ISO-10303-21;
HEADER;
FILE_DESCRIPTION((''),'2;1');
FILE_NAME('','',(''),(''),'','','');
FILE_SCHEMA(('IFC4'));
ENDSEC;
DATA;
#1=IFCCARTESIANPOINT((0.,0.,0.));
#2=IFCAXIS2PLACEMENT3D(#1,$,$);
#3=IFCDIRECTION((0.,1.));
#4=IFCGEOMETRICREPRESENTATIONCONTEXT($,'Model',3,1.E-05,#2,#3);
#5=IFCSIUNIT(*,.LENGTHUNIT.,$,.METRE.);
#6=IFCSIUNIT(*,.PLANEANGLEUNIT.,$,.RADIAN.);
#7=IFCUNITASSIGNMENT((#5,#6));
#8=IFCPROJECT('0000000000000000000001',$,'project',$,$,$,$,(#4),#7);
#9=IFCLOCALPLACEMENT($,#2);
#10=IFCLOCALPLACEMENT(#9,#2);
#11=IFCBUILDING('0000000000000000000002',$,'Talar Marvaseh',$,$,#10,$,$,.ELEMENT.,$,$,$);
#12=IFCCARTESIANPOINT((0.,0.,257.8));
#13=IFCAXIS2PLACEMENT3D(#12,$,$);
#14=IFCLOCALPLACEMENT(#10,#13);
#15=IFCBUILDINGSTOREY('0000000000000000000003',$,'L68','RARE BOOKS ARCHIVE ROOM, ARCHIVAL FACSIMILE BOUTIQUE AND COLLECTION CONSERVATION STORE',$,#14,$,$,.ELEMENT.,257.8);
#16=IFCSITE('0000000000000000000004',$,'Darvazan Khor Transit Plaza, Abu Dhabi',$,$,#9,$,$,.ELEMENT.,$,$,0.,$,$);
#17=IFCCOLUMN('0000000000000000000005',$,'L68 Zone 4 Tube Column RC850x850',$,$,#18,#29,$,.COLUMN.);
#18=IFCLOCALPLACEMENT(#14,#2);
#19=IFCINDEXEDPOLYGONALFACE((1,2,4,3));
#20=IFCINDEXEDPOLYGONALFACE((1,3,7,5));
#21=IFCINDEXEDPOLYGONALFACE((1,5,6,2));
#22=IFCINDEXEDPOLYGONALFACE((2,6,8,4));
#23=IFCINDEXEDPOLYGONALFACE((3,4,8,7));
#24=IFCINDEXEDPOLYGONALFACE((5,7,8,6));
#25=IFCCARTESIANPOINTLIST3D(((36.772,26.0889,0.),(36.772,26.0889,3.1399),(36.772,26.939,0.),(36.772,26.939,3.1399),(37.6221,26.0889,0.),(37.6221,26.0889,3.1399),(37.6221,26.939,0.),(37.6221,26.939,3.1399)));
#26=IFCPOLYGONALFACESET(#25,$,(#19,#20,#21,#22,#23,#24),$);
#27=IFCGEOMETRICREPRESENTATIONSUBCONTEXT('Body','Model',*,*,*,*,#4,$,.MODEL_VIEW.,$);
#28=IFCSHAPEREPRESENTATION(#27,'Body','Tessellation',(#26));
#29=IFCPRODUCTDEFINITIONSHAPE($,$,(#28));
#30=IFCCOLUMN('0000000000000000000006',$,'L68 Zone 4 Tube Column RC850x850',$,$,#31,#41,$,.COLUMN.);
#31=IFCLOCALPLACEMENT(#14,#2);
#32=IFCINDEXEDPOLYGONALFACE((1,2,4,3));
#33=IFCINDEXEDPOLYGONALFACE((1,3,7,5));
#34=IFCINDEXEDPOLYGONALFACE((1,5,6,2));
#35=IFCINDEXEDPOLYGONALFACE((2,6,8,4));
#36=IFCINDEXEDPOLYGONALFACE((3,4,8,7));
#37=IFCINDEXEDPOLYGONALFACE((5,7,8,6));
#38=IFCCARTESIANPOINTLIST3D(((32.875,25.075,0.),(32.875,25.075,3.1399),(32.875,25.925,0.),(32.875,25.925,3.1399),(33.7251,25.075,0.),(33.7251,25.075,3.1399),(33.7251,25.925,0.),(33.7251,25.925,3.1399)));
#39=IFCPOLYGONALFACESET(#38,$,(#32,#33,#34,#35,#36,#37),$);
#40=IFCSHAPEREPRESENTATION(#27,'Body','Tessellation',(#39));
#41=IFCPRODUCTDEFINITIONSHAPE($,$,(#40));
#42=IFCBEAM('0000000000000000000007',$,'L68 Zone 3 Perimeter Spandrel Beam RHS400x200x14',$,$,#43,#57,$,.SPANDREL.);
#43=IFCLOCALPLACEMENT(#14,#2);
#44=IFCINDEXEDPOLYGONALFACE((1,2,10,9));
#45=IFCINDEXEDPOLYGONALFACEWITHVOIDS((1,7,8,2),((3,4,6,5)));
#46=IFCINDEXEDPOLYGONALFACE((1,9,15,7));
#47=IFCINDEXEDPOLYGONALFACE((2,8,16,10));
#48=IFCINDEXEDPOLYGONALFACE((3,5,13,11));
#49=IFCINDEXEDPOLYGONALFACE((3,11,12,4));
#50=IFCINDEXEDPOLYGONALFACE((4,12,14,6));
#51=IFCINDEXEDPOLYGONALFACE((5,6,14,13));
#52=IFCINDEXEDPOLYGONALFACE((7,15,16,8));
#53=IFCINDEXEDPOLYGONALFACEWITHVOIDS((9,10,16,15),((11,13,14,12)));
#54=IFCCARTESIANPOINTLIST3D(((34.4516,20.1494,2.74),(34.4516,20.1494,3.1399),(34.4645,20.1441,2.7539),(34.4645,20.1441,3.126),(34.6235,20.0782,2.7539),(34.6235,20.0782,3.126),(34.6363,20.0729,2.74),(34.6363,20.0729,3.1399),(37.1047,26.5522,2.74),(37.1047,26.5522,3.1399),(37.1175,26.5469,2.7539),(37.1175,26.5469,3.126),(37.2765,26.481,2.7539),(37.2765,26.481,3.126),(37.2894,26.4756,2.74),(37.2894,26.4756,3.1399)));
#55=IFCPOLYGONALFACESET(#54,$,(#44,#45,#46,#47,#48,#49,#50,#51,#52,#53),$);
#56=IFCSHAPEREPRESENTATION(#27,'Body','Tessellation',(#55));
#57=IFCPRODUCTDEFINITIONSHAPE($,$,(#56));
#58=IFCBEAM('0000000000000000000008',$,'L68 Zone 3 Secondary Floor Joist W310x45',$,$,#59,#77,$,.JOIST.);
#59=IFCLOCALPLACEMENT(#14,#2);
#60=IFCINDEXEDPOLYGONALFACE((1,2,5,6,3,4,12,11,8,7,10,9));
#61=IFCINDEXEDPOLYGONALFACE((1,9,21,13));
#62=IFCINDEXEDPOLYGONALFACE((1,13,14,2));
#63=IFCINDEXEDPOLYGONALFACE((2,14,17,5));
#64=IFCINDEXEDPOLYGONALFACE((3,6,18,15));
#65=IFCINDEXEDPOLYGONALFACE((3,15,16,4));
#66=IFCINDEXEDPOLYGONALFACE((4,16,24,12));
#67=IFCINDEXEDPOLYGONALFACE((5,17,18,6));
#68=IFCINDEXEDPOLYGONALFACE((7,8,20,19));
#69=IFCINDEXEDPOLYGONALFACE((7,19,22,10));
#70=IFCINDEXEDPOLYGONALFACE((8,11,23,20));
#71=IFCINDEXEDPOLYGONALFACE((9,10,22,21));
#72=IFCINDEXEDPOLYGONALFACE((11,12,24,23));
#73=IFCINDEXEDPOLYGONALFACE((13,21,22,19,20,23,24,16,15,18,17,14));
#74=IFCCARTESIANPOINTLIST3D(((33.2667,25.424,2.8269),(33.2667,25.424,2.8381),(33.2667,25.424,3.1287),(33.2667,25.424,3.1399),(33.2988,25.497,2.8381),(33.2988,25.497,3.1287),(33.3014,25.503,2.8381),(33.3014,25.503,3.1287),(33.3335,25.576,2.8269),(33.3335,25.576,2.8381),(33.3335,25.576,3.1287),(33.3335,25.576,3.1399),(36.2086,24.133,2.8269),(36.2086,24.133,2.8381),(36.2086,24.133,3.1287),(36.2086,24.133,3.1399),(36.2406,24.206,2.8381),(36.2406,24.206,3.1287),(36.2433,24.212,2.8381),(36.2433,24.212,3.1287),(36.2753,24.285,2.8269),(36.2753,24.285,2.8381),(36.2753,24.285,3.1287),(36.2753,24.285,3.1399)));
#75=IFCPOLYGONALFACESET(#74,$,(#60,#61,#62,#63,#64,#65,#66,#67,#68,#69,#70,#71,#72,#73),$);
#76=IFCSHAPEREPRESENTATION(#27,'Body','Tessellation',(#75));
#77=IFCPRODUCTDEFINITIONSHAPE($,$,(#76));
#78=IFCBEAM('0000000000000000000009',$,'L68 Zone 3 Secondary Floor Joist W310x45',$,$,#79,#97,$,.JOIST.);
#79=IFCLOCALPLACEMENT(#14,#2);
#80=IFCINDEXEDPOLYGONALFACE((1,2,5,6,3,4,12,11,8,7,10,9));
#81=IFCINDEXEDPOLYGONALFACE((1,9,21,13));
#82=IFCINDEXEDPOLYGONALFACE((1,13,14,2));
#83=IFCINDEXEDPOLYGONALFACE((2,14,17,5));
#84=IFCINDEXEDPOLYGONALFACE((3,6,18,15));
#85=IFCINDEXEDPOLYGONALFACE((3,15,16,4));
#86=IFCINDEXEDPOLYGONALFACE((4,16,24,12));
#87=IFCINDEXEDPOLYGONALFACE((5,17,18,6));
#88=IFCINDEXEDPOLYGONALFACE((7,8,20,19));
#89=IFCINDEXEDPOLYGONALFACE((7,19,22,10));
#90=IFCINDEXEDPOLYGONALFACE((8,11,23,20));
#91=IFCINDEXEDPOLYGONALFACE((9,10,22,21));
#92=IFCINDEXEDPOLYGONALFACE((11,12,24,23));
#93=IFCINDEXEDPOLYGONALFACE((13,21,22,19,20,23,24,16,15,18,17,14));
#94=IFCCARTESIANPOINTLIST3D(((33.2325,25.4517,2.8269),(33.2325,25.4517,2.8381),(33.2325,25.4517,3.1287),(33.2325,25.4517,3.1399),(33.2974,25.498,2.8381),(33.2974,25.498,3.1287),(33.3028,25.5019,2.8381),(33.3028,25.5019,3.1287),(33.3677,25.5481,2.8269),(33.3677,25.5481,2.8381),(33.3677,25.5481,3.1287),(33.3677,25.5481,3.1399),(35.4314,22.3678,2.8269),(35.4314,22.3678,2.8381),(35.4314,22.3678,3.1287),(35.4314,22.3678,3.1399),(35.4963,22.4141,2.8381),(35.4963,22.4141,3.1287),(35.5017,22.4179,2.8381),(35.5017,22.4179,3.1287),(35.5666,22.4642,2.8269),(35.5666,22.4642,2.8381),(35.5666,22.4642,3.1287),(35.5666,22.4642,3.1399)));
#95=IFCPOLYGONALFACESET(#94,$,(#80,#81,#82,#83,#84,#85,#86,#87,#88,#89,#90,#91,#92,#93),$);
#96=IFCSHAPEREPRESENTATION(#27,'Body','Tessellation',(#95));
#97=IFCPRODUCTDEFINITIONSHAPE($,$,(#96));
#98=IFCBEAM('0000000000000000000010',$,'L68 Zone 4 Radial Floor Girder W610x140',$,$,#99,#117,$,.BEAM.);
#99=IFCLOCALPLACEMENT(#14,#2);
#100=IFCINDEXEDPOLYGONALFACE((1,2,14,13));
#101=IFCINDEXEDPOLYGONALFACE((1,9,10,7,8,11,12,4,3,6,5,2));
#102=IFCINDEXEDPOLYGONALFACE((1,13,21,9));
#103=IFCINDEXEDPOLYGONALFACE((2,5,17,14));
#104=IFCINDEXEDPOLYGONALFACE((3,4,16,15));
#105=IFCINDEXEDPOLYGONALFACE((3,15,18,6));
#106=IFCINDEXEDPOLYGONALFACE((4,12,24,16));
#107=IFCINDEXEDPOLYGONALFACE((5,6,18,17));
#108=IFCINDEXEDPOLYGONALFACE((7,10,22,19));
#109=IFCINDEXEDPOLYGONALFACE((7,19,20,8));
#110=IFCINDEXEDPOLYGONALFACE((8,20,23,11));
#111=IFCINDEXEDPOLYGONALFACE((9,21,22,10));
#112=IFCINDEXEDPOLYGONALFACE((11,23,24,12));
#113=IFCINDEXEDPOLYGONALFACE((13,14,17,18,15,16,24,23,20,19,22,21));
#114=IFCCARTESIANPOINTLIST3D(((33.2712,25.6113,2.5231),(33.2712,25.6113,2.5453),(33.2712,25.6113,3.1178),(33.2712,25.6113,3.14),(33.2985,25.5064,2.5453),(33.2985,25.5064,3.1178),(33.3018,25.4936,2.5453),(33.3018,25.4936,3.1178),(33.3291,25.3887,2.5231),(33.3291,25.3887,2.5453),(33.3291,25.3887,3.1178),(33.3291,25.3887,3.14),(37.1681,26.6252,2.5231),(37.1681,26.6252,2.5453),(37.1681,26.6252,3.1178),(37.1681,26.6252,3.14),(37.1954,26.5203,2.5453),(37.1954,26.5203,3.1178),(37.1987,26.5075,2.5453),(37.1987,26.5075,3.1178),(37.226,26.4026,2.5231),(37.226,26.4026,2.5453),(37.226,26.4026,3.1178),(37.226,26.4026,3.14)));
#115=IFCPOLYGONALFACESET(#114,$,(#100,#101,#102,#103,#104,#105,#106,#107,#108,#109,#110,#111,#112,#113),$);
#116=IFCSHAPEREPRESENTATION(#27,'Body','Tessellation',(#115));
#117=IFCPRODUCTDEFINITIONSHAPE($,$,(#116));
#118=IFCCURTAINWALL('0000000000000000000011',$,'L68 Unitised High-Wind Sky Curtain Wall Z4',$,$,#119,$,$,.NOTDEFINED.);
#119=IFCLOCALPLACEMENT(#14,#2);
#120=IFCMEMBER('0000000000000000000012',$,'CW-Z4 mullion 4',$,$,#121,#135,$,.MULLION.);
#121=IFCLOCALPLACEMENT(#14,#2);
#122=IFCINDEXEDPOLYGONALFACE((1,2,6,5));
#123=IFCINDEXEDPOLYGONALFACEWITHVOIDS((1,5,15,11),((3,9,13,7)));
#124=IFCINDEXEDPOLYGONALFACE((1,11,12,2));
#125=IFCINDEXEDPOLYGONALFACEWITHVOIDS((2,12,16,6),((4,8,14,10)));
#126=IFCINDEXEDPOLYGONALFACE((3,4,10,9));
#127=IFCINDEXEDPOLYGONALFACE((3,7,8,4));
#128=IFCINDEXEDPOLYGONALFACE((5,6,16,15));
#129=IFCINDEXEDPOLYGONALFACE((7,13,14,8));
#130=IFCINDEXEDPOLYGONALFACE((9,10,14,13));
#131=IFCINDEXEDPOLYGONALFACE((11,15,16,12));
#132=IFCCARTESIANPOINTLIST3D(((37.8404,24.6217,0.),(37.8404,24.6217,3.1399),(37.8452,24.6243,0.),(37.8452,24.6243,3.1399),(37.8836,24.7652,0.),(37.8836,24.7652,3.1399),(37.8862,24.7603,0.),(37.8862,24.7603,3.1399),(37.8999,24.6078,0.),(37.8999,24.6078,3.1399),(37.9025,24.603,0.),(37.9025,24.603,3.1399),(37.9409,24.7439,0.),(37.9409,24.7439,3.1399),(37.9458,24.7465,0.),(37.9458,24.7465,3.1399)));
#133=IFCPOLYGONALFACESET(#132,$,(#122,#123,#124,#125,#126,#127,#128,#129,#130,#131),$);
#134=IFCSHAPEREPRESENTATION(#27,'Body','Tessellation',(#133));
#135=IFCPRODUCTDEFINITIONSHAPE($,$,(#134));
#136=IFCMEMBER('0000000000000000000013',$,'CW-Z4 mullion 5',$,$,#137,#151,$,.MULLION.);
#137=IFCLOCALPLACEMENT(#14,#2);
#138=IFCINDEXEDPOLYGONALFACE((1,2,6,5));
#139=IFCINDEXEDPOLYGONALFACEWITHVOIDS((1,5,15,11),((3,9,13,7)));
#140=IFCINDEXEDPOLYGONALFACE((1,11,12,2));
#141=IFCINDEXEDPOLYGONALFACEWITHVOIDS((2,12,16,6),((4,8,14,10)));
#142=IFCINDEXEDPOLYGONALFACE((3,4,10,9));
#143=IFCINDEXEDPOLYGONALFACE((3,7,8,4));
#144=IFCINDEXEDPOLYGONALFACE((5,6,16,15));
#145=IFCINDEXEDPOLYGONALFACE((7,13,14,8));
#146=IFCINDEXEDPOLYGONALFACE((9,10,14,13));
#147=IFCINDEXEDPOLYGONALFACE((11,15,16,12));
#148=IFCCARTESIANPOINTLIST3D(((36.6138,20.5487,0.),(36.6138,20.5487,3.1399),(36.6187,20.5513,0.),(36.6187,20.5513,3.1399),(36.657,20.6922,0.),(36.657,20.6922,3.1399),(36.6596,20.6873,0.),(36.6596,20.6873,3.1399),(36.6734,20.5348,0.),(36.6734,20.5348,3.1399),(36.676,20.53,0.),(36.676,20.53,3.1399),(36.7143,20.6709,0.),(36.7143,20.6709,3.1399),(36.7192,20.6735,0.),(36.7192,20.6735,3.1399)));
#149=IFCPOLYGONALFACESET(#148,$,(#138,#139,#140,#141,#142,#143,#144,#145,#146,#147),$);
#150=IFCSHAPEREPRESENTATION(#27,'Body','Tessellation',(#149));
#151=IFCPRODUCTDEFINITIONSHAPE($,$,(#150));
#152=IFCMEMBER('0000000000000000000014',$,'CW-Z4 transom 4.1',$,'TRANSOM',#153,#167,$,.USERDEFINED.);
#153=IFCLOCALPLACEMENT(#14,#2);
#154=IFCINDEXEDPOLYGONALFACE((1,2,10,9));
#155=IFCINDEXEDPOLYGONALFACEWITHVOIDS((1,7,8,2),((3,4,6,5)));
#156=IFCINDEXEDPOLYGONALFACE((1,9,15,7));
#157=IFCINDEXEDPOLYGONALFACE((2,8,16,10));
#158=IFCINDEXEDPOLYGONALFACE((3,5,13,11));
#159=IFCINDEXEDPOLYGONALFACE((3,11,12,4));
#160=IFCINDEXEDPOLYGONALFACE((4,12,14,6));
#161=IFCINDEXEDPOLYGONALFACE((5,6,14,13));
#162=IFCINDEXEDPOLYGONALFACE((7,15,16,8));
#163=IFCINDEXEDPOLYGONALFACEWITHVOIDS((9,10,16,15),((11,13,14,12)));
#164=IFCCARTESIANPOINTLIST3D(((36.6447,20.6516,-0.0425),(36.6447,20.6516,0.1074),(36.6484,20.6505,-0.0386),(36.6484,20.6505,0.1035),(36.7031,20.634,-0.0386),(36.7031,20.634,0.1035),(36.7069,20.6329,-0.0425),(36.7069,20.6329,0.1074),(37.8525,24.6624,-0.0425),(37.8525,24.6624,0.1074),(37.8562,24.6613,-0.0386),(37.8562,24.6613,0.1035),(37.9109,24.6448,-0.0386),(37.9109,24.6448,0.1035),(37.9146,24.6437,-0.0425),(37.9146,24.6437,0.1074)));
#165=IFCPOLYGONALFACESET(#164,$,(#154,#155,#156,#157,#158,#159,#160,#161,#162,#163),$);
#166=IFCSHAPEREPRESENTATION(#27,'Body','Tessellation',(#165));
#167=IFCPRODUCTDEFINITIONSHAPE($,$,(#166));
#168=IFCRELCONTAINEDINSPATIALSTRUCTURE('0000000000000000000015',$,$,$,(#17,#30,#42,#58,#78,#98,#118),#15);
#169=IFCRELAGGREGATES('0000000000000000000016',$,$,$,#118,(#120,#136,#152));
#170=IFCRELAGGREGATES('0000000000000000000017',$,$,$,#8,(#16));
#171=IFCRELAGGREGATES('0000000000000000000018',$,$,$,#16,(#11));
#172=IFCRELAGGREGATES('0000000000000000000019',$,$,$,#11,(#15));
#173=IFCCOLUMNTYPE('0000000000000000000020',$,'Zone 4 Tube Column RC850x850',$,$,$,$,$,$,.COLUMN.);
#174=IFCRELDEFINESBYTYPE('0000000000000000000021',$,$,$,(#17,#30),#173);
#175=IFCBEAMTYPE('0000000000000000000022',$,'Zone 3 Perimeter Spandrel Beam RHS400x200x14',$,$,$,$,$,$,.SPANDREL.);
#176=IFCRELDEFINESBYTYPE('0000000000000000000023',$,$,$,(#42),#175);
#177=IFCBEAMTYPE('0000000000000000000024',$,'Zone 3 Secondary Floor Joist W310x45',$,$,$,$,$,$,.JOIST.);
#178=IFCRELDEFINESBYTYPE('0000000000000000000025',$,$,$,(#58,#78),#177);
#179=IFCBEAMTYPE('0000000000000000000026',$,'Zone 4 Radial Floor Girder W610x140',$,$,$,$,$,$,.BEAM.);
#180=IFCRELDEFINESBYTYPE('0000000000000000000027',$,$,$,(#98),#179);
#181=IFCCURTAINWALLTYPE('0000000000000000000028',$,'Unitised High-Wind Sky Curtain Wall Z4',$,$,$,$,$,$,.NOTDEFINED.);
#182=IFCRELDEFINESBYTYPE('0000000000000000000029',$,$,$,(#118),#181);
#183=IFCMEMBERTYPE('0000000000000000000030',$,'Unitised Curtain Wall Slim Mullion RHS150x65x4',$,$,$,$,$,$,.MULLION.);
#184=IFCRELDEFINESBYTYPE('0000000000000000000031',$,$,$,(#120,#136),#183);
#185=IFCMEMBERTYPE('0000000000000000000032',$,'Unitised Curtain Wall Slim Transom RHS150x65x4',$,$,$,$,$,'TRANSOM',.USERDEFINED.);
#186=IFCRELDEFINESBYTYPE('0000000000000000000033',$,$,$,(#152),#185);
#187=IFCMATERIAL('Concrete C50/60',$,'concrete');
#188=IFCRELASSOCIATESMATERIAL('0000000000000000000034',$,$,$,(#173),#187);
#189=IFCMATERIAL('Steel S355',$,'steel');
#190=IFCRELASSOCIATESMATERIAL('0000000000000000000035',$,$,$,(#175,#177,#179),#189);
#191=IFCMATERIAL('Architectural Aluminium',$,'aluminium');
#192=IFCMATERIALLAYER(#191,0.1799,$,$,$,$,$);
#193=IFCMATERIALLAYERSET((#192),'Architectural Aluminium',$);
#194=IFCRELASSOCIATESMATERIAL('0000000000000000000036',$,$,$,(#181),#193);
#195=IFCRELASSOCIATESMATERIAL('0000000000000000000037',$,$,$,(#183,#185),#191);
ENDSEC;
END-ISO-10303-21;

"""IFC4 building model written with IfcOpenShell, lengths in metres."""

from ifc_helpers import new_model, si_unit, direction, frame, origin, origin_2d, place, context, subcontext, project, spatial, rectangle, hollow_rectangle, i_section, extrude, source, transform, mapped, material, layer, layer_set, material_profile, profile_set, type_object, type_shapes, element, aggregate, save


model = new_model("IFC4")

# Units and contexts
model_context = context("Model", 3, precision=1e-05, world=origin(), true_north=direction((0.0, 1.0)))
body_context = subcontext(model_context, "Body", "Model", "MODEL_VIEW")
ifc_project = project(units=[si_unit("LENGTHUNIT", "METRE"), si_unit("PLANEANGLEUNIT", "RADIAN")], contexts=[model_context])

# Site, building, storey
site_placement = place(None, origin())
site = spatial("IfcSite", under=ifc_project, at=site_placement, Name="Darvazan Khor Transit Plaza, Abu Dhabi", CompositionType="ELEMENT", RefElevation=0.0)
building_placement = place(site_placement, origin())
building = spatial("IfcBuilding", under=site, at=building_placement, Name="Talar Marvaseh", CompositionType="ELEMENT")
storey_placement = place(building_placement, frame((0.0, 0.0, 257.8)))
storey = spatial("IfcBuildingStorey", under=building, at=storey_placement, Name="L68", Description="RARE BOOKS ARCHIVE ROOM, ARCHIVAL FACSIMILE BOUTIQUE AND COLLECTION CONSERVATION STORE", CompositionType="ELEMENT", Elevation=257.8)

# Columns
ifc_material_1 = material(Name="Concrete C50/60", Category="concrete")
ifc_material_profile_1 = material_profile(ifc_material_1, rectangle(XDim=0.8501, YDim=0.8501, at=origin_2d()), Name="RC850x850")
ifc_profile_set_1 = profile_set([ifc_material_profile_1], Name="Concrete C50/60")
column_type = type_object("IfcColumnType", Name="Zone 4 Tube Column RC850x850", PredefinedType="COLUMN", material=ifc_profile_set_1)
for number, where, z_axis, x_axis, name in (
    (1, (37.197, 26.5139, 0.0), (0.0, 0.0, 1.0), (1.0, 0.0, 0.0), "L68 Zone 4 Tube Column RC850x850"),
    (2, (33.3, 25.5, 0.0), (0.0, 0.0, 1.0), (1.0, 0.0, 0.0), "L68 Zone 4 Tube Column RC850x850"),
):
    element("IfcColumn", number, at=place(storey_placement, frame(where, z_axis=z_axis, x_axis=x_axis)), inside=storey, type_object=column_type, Name=name, PredefinedType="COLUMN", context=body_context, shape_type="SweptSolid", body=[
        extrude(rectangle(XDim=0.8501, YDim=0.8501, at=origin_2d()), origin(), (0.0, 0.0, 1.0), 3.1399),
    ])

# Beams
ifc_material_2 = material(Name="Steel S355", Category="steel")
ifc_material_profile_2 = material_profile(ifc_material_2, hollow_rectangle(XDim=0.2, YDim=0.3999, WallThickness=0.0139, at=origin_2d()), Name="RHS400x200x14")
ifc_profile_set_2 = profile_set([ifc_material_profile_2], Name="Steel S355")
beam_type_1 = type_object("IfcBeamType", Name="Zone 3 Perimeter Spandrel Beam RHS400x200x14", PredefinedType="SPANDREL", material=ifc_profile_set_2)
beam_1_placement = place(storey_placement, frame((37.197, 26.5139, 2.9399), z_axis=(-0.382799, -0.923832, 0.0), x_axis=(0.923832, -0.382799, 0.0)))
element("IfcBeam", 3, at=beam_1_placement, inside=storey, type_object=beam_type_1, Name="L68 Zone 3 Perimeter Spandrel Beam RHS400x200x14", PredefinedType="SPANDREL", context=body_context, shape_type="SweptSolid", body=[
    extrude(hollow_rectangle(XDim=0.2, YDim=0.3999, WallThickness=0.0139, at=origin_2d()), origin(), (0.0, 0.0, 1.0), 6.9307),
])
ifc_material_profile_3 = material_profile(ifc_material_2, i_section(OverallWidth=0.166, OverallDepth=0.313, WebThickness=0.0066, FlangeThickness=0.0112, at=origin_2d()), Name="W310x45")
ifc_profile_set_3 = profile_set([ifc_material_profile_3], Name="Steel S355")
beam_type_2 = type_object("IfcBeamType", Name="Zone 3 Secondary Floor Joist W310x45", PredefinedType="JOIST", material=ifc_profile_set_3)
beam_2_placement = place(storey_placement, frame((36.2419, 24.209, 2.9834), z_axis=(-0.915707, 0.401847, 0.0), x_axis=(-0.401847, -0.915707, 0.0)))
element("IfcBeam", 4, at=beam_2_placement, inside=storey, type_object=beam_type_2, Name="L68 Zone 3 Secondary Floor Joist W310x45", PredefinedType="JOIST", context=body_context, shape_type="SweptSolid", body=[
    extrude(i_section(OverallWidth=0.166, OverallDepth=0.313, WebThickness=0.0066, FlangeThickness=0.0112, at=origin_2d()), origin(), (0.0, 0.0, 1.0), 3.2126),
])
beam_3_placement = place(storey_placement, frame((35.499, 22.416, 2.9834), z_axis=(-0.580561, 0.814217, 0.0), x_axis=(-0.814217, -0.580561, 0.0)))
element("IfcBeam", 5, at=beam_3_placement, inside=storey, type_object=beam_type_2, Name="L68 Zone 3 Secondary Floor Joist W310x45", PredefinedType="JOIST", context=body_context, shape_type="SweptSolid", body=[
    extrude(i_section(OverallWidth=0.166, OverallDepth=0.313, WebThickness=0.0066, FlangeThickness=0.0112, at=origin_2d()), origin(), (0.0, 0.0, 1.0), 3.7876),
])
ifc_material_profile_4 = material_profile(ifc_material_2, i_section(OverallWidth=0.23, OverallDepth=0.6169, WebThickness=0.0132, FlangeThickness=0.0222, at=origin_2d()), Name="W610x140")
ifc_profile_set_4 = profile_set([ifc_material_profile_4], Name="Steel S355")
beam_type_3 = type_object("IfcBeamType", Name="Zone 4 Radial Floor Girder W610x140", PredefinedType="BEAM", material=ifc_profile_set_4)
beam_4_placement = place(storey_placement, frame((37.197, 26.5139, 2.8315), z_axis=(-0.96778, -0.251797, 0.0), x_axis=(0.251797, -0.96778, 0.0)))
element("IfcBeam", 6, at=beam_4_placement, inside=storey, type_object=beam_type_3, Name="L68 Zone 4 Radial Floor Girder W610x140", PredefinedType="BEAM", context=body_context, shape_type="SweptSolid", body=[
    extrude(i_section(OverallWidth=0.23, OverallDepth=0.6169, WebThickness=0.0132, FlangeThickness=0.0222, at=origin_2d()), origin(), (0.0, 0.0, 1.0), 4.0266),
])

# Curtain wall, members
ifc_material_3 = material(Name="Architectural Aluminium", Category="aluminium")
ifc_layer_1 = layer(ifc_material_3, 0.1799)
ifc_layer_set_1 = layer_set([ifc_layer_1], Name="Architectural Aluminium")
curtain_wall_type = type_object("IfcCurtainWallType", Name="Unitised High-Wind Sky Curtain Wall Z4", PredefinedType="NOTDEFINED", material=ifc_layer_set_1)
curtain_wall_placement = place(storey_placement, origin())
curtain_wall = element("IfcCurtainWall", 7, at=curtain_wall_placement, inside=storey, type_object=curtain_wall_type, Name="L68 Unitised High-Wind Sky Curtain Wall Z4", PredefinedType="NOTDEFINED")
ifc_material_profile_5 = material_profile(ifc_material_3, hollow_rectangle(XDim=0.0649, YDim=0.1499, WallThickness=0.0039, at=origin_2d()), Name="RHS150x65x4")
ifc_profile_set_5 = profile_set([ifc_material_profile_5], Name="Architectural Aluminium")
member_type_1 = type_object("IfcMemberType", Name="Unitised Curtain Wall Slim Mullion RHS150x65x4", PredefinedType="MULLION", material=ifc_profile_set_5)
shared_shape_1 = source(origin(), body_context, "Body", "SweptSolid", [
    extrude(hollow_rectangle(XDim=0.0649, YDim=0.1499, WallThickness=0.0039, at=origin_2d()), origin(), (0.0, 0.0, 1.0), 3.1399),
])
type_shapes(member_type_1, [shared_shape_1])
member_1_placement = place(storey_placement, frame((37.8931, 24.6841, 0.0), z_axis=(0.0, 0.0, 1.0), x_axis=(0.957526, -0.288346, 0.0)))
member_1 = element("IfcMember", 8, at=member_1_placement, type_object=member_type_1, Name="CW-Z4 mullion 4", PredefinedType="MULLION", context=body_context, shape_type="MappedRepresentation", body=[
    mapped(shared_shape_1, transform((0.0, 0.0, 0.0), x_axis=(1.0, 0.0, 0.0), y_axis=(0.0, 1.0, 0.0), z_axis=(0.0, 0.0, 1.0), scale=1.0)),
])
member_2_placement = place(storey_placement, frame((36.6665, 20.6111, 0.0), z_axis=(0.0, 0.0, 1.0), x_axis=(0.957526, -0.288346, 0.0)))
member_2 = element("IfcMember", 9, at=member_2_placement, type_object=member_type_1, Name="CW-Z4 mullion 5", PredefinedType="MULLION", context=body_context, shape_type="MappedRepresentation", body=[
    mapped(shared_shape_1, transform((0.0, 0.0, 0.0), x_axis=(1.0, 0.0, 0.0), y_axis=(0.0, 1.0, 0.0), z_axis=(0.0, 0.0, 1.0), scale=1.0)),
])
ifc_material_profile_6 = material_profile(ifc_material_3, hollow_rectangle(XDim=0.0649, YDim=0.1499, WallThickness=0.0039, at=origin_2d()), Name="RHS150x65x4")
ifc_profile_set_6 = profile_set([ifc_material_profile_6], Name="Architectural Aluminium")
member_type_2 = type_object("IfcMemberType", Name="Unitised Curtain Wall Slim Transom RHS150x65x4", ElementType="TRANSOM", PredefinedType="USERDEFINED", material=ifc_profile_set_6)
shared_shape_2 = source(origin(), body_context, "Body", "SweptSolid", [
    extrude(hollow_rectangle(XDim=0.0649, YDim=0.1499, WallThickness=0.0039, at=origin_2d()), origin(), (0.0, 0.0, 1.0), 4.1887),
])
type_shapes(member_type_2, [shared_shape_2])
member_3_placement = place(storey_placement, frame((37.8835, 24.6531, 0.0325), z_axis=(-0.288342, -0.957527, 0.0), x_axis=(0.957527, -0.288342, 0.0)))
member_3 = element("IfcMember", 10, at=member_3_placement, type_object=member_type_2, Name="CW-Z4 transom 4.1", ObjectType="TRANSOM", PredefinedType="USERDEFINED", context=body_context, shape_type="MappedRepresentation", body=[
    mapped(shared_shape_2, transform((0.0, 0.0, 0.0), x_axis=(1.0, 0.0, 0.0), y_axis=(0.0, 1.0, 0.0), z_axis=(0.0, 0.0, 1.0), scale=1.0)),
])
aggregate(curtain_wall, [member_1, member_2, member_3])

save(model, "model.ifc")
